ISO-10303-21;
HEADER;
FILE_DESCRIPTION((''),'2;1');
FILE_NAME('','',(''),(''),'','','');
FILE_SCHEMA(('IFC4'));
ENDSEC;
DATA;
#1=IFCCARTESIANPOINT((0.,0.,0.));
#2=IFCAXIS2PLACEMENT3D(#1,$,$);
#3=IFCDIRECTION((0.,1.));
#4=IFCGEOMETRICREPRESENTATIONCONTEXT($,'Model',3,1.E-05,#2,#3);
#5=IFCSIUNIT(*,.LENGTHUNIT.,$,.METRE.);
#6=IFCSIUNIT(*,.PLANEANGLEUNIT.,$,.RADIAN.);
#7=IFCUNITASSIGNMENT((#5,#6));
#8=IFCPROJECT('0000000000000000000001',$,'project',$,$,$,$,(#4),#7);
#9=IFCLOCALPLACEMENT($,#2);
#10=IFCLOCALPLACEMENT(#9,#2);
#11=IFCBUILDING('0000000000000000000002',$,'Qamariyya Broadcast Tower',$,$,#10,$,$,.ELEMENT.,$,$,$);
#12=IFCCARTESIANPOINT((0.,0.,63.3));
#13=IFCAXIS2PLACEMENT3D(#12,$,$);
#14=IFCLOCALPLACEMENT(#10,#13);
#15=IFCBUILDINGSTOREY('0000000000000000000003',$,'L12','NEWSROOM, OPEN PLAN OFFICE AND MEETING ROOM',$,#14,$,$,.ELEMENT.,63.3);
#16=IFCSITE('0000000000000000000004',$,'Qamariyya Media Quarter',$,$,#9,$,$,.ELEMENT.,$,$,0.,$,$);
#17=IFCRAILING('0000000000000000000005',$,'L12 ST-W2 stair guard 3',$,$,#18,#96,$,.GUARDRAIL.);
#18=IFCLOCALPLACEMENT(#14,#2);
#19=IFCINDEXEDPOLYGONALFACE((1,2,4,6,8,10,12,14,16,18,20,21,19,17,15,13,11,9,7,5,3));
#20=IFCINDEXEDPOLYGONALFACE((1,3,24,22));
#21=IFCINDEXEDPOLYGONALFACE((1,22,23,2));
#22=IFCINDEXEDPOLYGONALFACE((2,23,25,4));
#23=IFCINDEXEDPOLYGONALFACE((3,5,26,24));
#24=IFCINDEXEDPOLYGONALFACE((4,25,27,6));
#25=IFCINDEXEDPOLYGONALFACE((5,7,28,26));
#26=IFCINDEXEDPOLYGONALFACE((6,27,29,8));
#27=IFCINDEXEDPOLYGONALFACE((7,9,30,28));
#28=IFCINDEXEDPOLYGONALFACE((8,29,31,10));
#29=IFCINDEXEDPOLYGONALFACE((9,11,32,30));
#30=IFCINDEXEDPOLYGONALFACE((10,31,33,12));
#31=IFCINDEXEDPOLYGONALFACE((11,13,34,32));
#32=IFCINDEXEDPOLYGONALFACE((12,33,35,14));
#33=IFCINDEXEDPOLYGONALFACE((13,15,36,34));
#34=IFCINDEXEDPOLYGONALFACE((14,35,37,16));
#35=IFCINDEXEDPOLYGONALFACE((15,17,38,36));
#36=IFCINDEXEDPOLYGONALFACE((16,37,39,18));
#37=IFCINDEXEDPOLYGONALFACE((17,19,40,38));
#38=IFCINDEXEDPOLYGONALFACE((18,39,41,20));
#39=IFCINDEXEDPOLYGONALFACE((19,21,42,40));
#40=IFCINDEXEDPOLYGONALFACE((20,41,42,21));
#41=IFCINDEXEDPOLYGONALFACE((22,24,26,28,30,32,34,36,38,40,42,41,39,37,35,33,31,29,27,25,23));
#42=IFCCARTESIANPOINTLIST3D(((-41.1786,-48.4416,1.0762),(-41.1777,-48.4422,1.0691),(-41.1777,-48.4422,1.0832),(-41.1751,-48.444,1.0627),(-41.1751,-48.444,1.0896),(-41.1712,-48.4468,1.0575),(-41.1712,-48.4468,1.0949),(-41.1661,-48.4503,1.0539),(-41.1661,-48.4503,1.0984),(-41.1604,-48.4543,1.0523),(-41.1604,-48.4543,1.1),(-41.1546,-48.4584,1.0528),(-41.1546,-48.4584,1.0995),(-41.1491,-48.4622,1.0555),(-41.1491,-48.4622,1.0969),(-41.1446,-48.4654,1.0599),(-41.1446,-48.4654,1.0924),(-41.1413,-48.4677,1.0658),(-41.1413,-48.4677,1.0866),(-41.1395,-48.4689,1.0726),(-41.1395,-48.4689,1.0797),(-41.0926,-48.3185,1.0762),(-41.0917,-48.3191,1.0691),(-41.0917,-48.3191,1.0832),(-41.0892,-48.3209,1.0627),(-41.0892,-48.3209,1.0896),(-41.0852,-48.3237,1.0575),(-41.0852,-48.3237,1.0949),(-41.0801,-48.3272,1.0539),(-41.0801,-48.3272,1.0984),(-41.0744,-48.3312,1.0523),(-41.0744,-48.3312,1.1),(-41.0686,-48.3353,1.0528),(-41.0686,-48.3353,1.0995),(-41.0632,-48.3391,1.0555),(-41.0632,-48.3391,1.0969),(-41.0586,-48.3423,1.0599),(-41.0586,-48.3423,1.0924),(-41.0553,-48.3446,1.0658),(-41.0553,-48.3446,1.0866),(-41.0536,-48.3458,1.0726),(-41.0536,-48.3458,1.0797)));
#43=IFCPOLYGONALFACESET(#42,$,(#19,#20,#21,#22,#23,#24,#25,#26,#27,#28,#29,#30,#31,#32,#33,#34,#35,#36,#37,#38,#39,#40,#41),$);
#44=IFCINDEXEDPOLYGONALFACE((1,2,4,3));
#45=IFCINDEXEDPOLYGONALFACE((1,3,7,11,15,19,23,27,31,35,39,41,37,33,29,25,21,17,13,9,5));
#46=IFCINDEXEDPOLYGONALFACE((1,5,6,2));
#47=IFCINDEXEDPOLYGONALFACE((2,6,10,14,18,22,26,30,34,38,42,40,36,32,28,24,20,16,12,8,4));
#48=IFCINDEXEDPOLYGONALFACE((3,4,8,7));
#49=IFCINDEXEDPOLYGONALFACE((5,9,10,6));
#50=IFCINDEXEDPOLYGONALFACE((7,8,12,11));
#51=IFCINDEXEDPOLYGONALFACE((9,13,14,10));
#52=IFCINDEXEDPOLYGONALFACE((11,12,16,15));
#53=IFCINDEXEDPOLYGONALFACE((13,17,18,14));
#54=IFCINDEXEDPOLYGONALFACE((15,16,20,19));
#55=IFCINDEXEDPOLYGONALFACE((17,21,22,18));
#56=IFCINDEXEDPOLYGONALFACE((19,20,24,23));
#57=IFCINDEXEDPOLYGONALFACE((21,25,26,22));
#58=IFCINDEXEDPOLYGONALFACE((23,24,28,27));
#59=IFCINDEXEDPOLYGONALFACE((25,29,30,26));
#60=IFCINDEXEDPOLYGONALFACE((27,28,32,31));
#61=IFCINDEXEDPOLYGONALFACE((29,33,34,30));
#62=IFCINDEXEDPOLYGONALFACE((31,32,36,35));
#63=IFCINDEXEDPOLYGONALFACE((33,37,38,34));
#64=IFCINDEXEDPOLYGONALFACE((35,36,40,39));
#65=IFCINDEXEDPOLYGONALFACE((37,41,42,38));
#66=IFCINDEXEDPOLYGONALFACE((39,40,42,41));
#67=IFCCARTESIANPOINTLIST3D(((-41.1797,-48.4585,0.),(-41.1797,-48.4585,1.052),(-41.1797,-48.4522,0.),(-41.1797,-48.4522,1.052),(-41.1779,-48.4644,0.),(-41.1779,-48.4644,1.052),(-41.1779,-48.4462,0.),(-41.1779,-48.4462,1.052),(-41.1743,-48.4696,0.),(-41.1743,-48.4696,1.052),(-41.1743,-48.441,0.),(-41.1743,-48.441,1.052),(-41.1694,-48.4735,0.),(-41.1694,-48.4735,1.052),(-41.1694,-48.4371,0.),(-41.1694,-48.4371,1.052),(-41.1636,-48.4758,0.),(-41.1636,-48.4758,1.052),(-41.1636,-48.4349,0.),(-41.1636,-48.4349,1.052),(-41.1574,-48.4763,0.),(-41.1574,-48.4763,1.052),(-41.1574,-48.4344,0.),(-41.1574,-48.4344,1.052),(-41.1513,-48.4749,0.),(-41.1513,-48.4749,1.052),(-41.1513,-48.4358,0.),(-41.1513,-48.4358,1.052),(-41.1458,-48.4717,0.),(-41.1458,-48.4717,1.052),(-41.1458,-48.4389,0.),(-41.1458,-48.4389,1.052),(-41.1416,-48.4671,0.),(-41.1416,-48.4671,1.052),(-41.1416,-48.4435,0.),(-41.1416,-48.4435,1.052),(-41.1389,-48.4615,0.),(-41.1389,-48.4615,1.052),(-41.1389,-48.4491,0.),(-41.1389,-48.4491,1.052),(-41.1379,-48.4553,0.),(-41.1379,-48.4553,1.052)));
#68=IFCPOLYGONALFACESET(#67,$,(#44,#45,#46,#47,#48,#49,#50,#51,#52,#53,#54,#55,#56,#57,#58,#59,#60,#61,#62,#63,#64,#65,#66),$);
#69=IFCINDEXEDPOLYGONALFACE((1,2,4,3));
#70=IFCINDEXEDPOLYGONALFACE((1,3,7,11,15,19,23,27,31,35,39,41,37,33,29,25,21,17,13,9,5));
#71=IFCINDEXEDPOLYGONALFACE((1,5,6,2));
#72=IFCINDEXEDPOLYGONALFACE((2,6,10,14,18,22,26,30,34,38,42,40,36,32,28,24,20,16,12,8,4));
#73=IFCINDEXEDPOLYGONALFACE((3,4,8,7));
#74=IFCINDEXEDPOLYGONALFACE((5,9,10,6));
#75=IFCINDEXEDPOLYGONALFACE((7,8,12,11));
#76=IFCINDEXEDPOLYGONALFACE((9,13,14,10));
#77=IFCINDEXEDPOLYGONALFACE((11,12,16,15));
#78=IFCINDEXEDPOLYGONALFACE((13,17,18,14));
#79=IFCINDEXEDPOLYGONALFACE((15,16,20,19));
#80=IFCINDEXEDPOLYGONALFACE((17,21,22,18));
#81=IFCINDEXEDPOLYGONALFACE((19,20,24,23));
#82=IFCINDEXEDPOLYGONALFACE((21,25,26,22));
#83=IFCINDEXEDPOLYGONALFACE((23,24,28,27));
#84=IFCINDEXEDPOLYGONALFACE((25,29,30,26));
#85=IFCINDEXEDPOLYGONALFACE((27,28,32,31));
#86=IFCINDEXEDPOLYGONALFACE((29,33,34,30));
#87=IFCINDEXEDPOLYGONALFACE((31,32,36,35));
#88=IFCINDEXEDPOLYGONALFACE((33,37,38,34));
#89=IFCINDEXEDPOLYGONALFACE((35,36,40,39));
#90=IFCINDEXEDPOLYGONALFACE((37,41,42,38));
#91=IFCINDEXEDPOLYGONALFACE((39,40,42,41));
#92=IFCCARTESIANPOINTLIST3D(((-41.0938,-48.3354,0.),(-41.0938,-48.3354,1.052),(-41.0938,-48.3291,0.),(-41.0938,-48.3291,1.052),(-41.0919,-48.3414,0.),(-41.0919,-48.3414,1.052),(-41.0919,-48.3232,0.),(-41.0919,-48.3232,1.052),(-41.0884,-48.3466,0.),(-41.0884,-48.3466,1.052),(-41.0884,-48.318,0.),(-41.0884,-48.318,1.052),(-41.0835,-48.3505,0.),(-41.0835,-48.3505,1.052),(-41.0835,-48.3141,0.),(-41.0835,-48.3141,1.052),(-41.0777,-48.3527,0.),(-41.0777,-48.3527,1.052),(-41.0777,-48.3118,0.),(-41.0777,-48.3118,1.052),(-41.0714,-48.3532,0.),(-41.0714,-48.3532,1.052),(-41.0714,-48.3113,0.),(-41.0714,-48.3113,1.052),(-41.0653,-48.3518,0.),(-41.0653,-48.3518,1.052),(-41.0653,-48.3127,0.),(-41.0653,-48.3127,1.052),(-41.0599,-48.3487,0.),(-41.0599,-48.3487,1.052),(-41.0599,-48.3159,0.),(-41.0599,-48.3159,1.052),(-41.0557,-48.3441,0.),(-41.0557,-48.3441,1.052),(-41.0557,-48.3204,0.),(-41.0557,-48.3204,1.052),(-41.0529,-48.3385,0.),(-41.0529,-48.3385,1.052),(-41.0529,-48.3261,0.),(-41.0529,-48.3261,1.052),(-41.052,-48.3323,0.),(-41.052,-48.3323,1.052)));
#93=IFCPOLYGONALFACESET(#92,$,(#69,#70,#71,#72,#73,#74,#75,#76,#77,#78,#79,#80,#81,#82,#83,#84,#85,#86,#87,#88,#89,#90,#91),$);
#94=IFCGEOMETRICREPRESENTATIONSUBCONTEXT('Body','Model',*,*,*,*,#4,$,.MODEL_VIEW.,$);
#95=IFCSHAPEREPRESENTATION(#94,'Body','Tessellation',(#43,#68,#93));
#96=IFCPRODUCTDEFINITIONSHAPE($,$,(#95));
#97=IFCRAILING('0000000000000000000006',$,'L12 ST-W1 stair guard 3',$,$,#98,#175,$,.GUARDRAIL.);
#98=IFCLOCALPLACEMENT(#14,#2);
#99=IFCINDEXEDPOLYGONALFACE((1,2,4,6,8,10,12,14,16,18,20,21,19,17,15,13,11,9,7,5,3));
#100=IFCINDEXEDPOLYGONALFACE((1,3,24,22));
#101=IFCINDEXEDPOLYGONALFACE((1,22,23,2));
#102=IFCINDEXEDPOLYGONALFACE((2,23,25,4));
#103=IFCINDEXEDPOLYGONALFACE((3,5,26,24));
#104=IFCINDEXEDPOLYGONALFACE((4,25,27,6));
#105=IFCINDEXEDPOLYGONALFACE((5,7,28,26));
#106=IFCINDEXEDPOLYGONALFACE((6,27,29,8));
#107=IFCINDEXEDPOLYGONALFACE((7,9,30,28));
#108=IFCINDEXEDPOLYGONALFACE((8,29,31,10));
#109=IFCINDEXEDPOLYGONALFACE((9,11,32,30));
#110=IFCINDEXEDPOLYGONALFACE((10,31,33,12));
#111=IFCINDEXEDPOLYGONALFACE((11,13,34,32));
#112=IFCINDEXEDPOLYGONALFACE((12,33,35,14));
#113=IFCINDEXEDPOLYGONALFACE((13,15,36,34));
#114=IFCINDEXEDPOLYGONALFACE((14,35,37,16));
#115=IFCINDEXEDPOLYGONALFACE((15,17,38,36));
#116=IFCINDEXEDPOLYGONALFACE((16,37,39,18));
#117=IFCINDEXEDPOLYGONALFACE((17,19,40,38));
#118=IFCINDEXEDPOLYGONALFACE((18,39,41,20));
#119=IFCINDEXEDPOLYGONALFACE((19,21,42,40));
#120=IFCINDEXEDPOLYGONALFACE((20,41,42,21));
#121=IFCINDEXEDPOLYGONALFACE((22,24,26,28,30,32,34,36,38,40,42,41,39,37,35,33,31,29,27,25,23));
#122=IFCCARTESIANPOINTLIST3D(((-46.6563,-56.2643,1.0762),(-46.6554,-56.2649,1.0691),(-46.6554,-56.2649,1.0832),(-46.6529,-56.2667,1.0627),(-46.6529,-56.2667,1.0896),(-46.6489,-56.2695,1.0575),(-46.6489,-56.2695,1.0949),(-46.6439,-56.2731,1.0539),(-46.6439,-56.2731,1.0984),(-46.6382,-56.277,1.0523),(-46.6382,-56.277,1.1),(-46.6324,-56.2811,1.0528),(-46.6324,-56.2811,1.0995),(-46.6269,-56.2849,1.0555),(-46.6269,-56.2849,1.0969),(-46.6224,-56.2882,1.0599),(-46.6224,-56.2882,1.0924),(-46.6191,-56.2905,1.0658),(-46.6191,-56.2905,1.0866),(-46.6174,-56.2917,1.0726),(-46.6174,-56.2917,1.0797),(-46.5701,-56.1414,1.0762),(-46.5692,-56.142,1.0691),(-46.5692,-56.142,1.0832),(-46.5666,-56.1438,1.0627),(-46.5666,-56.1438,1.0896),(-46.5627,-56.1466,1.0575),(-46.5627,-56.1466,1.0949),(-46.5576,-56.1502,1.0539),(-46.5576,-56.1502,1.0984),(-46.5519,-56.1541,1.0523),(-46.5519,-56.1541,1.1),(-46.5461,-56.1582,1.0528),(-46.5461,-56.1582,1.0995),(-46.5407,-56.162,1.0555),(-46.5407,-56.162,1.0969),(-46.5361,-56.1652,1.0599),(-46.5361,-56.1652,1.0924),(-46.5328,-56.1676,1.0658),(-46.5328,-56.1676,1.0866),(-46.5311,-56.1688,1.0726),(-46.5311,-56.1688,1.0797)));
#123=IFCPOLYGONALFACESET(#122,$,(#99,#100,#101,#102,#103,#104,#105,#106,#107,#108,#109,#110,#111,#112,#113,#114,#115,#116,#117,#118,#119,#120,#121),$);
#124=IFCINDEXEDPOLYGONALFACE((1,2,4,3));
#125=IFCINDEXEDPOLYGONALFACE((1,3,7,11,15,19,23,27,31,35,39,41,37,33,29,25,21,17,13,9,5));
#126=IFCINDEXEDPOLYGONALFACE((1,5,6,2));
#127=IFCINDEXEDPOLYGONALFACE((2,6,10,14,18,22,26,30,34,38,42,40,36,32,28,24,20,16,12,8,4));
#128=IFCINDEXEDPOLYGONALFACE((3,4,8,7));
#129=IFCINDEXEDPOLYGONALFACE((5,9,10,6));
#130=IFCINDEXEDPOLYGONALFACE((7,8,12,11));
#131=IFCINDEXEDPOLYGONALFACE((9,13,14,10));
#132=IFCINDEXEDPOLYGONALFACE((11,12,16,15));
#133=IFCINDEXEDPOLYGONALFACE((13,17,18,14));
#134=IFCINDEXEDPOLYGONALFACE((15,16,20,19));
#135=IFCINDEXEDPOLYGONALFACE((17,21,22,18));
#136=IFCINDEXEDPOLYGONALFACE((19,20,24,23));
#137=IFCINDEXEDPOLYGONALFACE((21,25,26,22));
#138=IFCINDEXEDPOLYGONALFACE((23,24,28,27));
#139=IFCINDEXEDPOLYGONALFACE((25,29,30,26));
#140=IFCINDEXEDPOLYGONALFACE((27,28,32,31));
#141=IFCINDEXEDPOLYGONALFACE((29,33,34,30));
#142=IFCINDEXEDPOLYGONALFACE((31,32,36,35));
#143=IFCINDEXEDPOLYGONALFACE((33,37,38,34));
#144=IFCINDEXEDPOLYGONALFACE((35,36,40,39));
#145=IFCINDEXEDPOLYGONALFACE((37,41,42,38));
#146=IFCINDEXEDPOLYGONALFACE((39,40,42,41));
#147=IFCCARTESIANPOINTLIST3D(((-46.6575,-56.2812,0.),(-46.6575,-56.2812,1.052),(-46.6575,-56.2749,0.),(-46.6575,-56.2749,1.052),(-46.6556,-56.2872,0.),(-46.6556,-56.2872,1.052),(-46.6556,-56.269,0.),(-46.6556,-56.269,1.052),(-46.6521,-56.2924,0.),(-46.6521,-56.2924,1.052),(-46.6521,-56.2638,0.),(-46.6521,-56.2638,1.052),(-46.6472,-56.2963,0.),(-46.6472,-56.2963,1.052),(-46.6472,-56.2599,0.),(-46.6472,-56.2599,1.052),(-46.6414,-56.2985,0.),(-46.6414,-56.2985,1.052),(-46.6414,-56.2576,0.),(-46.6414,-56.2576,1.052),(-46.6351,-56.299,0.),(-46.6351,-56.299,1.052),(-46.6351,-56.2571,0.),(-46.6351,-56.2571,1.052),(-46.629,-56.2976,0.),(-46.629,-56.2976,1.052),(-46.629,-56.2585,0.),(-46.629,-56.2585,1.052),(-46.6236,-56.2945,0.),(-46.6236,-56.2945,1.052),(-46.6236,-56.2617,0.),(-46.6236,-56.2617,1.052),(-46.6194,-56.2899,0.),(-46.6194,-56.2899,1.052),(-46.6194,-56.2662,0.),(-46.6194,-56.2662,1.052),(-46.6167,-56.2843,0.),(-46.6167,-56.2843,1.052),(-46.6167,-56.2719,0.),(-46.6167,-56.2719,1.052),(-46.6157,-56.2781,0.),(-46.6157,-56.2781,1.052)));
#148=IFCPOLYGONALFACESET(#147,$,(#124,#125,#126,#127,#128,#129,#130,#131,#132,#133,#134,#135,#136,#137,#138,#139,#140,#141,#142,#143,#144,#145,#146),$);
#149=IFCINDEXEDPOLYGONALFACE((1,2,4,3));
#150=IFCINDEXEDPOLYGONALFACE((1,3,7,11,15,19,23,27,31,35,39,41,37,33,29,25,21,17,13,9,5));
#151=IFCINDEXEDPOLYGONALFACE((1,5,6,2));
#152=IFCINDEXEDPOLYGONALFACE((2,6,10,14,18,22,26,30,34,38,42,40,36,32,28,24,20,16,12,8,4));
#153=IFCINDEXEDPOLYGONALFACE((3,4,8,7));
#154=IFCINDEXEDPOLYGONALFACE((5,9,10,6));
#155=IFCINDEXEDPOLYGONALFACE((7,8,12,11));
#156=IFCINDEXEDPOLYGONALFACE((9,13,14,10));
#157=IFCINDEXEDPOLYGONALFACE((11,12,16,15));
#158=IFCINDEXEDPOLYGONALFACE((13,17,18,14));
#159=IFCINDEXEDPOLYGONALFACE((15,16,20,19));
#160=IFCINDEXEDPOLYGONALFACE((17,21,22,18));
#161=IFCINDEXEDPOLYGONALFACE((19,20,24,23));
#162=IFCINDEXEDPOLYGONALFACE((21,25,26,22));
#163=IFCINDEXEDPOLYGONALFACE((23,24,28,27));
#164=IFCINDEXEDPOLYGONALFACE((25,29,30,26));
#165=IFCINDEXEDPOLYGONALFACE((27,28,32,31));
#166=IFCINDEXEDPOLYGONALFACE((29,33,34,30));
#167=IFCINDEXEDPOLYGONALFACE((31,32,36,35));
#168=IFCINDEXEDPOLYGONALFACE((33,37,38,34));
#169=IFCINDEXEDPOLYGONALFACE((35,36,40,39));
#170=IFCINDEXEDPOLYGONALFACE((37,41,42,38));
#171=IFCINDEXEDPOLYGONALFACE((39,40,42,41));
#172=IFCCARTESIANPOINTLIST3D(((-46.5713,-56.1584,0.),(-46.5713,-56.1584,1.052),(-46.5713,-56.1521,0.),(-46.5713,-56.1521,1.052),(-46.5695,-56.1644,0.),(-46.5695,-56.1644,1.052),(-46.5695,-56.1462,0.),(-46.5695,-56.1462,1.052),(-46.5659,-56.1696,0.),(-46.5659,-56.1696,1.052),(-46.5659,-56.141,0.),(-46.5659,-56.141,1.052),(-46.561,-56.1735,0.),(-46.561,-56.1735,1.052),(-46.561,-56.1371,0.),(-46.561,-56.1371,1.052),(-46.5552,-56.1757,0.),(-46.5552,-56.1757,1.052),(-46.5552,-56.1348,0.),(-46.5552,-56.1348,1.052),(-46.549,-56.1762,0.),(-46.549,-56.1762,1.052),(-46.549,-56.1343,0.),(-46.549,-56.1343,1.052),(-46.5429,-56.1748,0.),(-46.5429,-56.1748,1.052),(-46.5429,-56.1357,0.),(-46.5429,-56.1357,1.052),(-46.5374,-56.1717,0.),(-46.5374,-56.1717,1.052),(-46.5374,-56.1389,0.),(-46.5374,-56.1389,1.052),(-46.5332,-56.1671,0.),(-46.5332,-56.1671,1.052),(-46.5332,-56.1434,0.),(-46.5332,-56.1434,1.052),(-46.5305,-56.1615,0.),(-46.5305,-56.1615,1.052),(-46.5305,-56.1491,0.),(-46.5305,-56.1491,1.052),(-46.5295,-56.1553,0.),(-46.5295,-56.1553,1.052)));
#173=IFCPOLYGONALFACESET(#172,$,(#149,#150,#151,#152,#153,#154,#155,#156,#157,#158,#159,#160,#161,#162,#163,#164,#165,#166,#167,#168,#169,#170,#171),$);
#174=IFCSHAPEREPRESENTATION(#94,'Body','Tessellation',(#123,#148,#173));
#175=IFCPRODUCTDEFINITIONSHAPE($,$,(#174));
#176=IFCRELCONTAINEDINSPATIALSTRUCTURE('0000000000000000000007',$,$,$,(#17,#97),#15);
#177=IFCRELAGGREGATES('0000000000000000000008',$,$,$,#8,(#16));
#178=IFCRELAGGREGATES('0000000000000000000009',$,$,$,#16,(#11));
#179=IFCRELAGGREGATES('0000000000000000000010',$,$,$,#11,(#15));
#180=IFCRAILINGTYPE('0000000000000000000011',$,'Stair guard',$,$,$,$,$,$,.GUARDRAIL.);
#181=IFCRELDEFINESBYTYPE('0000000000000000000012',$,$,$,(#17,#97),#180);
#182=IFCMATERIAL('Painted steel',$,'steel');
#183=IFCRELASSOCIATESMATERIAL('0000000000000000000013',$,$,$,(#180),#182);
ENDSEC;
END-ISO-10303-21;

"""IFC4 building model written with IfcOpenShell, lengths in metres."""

from ifc_helpers import new_model, si_unit, direction, frame, origin, origin_2d, place, context, subcontext, project, spatial, circle, extrude, material, type_object, element, save


model = new_model("IFC4")

# Units and contexts
model_context = context("Model", 3, precision=1e-05, world=origin(), true_north=direction((0.0, 1.0)))
body_context = subcontext(model_context, "Body", "Model", "MODEL_VIEW")
ifc_project = project(units=[si_unit("LENGTHUNIT", "METRE"), si_unit("PLANEANGLEUNIT", "RADIAN")], contexts=[model_context])

# Site, building, storey
site_placement = place(None, origin())
site = spatial("IfcSite", under=ifc_project, at=site_placement, Name="Qamariyya Media Quarter", CompositionType="ELEMENT", RefElevation=0.0)
building_placement = place(site_placement, origin())
building = spatial("IfcBuilding", under=site, at=building_placement, Name="Qamariyya Broadcast Tower", CompositionType="ELEMENT")
storey_placement = place(building_placement, frame((0.0, 0.0, 63.3)))
storey = spatial("IfcBuildingStorey", under=building, at=storey_placement, Name="L12", Description="NEWSROOM, OPEN PLAN OFFICE AND MEETING ROOM", CompositionType="ELEMENT", Elevation=63.3)

# Railings
ifc_material_1 = material(Name="Painted steel", Category="steel")
railing_type_1 = type_object("IfcRailingType", Name="Stair guard", PredefinedType="GUARDRAIL", material=ifc_material_1)
railing_1_placement = place(storey_placement, frame((-41.1589, -48.4553, 0.0)))
element("IfcRailing", 1, at=railing_1_placement, inside=storey, type_object=railing_type_1, Name="L12 ST-W2 stair guard 3", PredefinedType="GUARDRAIL", context=body_context, shape_type="SweptSolid", body=[
    extrude(circle(Radius=0.0239, at=origin_2d()), frame((0.0, 0.0, 1.0762), z_axis=(0.572589, 0.819843, 0.0), x_axis=(-0.819843, 0.572589, 0.0)), (0.0, 0.0, 1.0), 0.1501),
    extrude(circle(Radius=0.021, at=origin_2d()), origin(), (0.0, 0.0, 1.0), 1.052),
    extrude(circle(Radius=0.021, at=origin_2d()), frame((0.0859, 0.123, 0.0)), (0.0, 0.0, 1.0), 1.052),
])
railing_2_placement = place(storey_placement, frame((-46.6367, -56.2781, 0.0)))
element("IfcRailing", 2, at=railing_2_placement, inside=storey, type_object=railing_type_1, Name="L12 ST-W1 stair guard 3", PredefinedType="GUARDRAIL", context=body_context, shape_type="SweptSolid", body=[
    extrude(circle(Radius=0.0239, at=origin_2d()), frame((0.0, 0.0, 1.0762), z_axis=(0.574445, 0.818543, 0.0), x_axis=(-0.818543, 0.574445, 0.0)), (0.0, 0.0, 1.0), 0.1501),
    extrude(circle(Radius=0.021, at=origin_2d()), origin(), (0.0, 0.0, 1.0), 1.052),
    extrude(circle(Radius=0.021, at=origin_2d()), frame((0.0862, 0.1228, 0.0)), (0.0, 0.0, 1.0), 1.052),
])

save(model, "model.ifc")
